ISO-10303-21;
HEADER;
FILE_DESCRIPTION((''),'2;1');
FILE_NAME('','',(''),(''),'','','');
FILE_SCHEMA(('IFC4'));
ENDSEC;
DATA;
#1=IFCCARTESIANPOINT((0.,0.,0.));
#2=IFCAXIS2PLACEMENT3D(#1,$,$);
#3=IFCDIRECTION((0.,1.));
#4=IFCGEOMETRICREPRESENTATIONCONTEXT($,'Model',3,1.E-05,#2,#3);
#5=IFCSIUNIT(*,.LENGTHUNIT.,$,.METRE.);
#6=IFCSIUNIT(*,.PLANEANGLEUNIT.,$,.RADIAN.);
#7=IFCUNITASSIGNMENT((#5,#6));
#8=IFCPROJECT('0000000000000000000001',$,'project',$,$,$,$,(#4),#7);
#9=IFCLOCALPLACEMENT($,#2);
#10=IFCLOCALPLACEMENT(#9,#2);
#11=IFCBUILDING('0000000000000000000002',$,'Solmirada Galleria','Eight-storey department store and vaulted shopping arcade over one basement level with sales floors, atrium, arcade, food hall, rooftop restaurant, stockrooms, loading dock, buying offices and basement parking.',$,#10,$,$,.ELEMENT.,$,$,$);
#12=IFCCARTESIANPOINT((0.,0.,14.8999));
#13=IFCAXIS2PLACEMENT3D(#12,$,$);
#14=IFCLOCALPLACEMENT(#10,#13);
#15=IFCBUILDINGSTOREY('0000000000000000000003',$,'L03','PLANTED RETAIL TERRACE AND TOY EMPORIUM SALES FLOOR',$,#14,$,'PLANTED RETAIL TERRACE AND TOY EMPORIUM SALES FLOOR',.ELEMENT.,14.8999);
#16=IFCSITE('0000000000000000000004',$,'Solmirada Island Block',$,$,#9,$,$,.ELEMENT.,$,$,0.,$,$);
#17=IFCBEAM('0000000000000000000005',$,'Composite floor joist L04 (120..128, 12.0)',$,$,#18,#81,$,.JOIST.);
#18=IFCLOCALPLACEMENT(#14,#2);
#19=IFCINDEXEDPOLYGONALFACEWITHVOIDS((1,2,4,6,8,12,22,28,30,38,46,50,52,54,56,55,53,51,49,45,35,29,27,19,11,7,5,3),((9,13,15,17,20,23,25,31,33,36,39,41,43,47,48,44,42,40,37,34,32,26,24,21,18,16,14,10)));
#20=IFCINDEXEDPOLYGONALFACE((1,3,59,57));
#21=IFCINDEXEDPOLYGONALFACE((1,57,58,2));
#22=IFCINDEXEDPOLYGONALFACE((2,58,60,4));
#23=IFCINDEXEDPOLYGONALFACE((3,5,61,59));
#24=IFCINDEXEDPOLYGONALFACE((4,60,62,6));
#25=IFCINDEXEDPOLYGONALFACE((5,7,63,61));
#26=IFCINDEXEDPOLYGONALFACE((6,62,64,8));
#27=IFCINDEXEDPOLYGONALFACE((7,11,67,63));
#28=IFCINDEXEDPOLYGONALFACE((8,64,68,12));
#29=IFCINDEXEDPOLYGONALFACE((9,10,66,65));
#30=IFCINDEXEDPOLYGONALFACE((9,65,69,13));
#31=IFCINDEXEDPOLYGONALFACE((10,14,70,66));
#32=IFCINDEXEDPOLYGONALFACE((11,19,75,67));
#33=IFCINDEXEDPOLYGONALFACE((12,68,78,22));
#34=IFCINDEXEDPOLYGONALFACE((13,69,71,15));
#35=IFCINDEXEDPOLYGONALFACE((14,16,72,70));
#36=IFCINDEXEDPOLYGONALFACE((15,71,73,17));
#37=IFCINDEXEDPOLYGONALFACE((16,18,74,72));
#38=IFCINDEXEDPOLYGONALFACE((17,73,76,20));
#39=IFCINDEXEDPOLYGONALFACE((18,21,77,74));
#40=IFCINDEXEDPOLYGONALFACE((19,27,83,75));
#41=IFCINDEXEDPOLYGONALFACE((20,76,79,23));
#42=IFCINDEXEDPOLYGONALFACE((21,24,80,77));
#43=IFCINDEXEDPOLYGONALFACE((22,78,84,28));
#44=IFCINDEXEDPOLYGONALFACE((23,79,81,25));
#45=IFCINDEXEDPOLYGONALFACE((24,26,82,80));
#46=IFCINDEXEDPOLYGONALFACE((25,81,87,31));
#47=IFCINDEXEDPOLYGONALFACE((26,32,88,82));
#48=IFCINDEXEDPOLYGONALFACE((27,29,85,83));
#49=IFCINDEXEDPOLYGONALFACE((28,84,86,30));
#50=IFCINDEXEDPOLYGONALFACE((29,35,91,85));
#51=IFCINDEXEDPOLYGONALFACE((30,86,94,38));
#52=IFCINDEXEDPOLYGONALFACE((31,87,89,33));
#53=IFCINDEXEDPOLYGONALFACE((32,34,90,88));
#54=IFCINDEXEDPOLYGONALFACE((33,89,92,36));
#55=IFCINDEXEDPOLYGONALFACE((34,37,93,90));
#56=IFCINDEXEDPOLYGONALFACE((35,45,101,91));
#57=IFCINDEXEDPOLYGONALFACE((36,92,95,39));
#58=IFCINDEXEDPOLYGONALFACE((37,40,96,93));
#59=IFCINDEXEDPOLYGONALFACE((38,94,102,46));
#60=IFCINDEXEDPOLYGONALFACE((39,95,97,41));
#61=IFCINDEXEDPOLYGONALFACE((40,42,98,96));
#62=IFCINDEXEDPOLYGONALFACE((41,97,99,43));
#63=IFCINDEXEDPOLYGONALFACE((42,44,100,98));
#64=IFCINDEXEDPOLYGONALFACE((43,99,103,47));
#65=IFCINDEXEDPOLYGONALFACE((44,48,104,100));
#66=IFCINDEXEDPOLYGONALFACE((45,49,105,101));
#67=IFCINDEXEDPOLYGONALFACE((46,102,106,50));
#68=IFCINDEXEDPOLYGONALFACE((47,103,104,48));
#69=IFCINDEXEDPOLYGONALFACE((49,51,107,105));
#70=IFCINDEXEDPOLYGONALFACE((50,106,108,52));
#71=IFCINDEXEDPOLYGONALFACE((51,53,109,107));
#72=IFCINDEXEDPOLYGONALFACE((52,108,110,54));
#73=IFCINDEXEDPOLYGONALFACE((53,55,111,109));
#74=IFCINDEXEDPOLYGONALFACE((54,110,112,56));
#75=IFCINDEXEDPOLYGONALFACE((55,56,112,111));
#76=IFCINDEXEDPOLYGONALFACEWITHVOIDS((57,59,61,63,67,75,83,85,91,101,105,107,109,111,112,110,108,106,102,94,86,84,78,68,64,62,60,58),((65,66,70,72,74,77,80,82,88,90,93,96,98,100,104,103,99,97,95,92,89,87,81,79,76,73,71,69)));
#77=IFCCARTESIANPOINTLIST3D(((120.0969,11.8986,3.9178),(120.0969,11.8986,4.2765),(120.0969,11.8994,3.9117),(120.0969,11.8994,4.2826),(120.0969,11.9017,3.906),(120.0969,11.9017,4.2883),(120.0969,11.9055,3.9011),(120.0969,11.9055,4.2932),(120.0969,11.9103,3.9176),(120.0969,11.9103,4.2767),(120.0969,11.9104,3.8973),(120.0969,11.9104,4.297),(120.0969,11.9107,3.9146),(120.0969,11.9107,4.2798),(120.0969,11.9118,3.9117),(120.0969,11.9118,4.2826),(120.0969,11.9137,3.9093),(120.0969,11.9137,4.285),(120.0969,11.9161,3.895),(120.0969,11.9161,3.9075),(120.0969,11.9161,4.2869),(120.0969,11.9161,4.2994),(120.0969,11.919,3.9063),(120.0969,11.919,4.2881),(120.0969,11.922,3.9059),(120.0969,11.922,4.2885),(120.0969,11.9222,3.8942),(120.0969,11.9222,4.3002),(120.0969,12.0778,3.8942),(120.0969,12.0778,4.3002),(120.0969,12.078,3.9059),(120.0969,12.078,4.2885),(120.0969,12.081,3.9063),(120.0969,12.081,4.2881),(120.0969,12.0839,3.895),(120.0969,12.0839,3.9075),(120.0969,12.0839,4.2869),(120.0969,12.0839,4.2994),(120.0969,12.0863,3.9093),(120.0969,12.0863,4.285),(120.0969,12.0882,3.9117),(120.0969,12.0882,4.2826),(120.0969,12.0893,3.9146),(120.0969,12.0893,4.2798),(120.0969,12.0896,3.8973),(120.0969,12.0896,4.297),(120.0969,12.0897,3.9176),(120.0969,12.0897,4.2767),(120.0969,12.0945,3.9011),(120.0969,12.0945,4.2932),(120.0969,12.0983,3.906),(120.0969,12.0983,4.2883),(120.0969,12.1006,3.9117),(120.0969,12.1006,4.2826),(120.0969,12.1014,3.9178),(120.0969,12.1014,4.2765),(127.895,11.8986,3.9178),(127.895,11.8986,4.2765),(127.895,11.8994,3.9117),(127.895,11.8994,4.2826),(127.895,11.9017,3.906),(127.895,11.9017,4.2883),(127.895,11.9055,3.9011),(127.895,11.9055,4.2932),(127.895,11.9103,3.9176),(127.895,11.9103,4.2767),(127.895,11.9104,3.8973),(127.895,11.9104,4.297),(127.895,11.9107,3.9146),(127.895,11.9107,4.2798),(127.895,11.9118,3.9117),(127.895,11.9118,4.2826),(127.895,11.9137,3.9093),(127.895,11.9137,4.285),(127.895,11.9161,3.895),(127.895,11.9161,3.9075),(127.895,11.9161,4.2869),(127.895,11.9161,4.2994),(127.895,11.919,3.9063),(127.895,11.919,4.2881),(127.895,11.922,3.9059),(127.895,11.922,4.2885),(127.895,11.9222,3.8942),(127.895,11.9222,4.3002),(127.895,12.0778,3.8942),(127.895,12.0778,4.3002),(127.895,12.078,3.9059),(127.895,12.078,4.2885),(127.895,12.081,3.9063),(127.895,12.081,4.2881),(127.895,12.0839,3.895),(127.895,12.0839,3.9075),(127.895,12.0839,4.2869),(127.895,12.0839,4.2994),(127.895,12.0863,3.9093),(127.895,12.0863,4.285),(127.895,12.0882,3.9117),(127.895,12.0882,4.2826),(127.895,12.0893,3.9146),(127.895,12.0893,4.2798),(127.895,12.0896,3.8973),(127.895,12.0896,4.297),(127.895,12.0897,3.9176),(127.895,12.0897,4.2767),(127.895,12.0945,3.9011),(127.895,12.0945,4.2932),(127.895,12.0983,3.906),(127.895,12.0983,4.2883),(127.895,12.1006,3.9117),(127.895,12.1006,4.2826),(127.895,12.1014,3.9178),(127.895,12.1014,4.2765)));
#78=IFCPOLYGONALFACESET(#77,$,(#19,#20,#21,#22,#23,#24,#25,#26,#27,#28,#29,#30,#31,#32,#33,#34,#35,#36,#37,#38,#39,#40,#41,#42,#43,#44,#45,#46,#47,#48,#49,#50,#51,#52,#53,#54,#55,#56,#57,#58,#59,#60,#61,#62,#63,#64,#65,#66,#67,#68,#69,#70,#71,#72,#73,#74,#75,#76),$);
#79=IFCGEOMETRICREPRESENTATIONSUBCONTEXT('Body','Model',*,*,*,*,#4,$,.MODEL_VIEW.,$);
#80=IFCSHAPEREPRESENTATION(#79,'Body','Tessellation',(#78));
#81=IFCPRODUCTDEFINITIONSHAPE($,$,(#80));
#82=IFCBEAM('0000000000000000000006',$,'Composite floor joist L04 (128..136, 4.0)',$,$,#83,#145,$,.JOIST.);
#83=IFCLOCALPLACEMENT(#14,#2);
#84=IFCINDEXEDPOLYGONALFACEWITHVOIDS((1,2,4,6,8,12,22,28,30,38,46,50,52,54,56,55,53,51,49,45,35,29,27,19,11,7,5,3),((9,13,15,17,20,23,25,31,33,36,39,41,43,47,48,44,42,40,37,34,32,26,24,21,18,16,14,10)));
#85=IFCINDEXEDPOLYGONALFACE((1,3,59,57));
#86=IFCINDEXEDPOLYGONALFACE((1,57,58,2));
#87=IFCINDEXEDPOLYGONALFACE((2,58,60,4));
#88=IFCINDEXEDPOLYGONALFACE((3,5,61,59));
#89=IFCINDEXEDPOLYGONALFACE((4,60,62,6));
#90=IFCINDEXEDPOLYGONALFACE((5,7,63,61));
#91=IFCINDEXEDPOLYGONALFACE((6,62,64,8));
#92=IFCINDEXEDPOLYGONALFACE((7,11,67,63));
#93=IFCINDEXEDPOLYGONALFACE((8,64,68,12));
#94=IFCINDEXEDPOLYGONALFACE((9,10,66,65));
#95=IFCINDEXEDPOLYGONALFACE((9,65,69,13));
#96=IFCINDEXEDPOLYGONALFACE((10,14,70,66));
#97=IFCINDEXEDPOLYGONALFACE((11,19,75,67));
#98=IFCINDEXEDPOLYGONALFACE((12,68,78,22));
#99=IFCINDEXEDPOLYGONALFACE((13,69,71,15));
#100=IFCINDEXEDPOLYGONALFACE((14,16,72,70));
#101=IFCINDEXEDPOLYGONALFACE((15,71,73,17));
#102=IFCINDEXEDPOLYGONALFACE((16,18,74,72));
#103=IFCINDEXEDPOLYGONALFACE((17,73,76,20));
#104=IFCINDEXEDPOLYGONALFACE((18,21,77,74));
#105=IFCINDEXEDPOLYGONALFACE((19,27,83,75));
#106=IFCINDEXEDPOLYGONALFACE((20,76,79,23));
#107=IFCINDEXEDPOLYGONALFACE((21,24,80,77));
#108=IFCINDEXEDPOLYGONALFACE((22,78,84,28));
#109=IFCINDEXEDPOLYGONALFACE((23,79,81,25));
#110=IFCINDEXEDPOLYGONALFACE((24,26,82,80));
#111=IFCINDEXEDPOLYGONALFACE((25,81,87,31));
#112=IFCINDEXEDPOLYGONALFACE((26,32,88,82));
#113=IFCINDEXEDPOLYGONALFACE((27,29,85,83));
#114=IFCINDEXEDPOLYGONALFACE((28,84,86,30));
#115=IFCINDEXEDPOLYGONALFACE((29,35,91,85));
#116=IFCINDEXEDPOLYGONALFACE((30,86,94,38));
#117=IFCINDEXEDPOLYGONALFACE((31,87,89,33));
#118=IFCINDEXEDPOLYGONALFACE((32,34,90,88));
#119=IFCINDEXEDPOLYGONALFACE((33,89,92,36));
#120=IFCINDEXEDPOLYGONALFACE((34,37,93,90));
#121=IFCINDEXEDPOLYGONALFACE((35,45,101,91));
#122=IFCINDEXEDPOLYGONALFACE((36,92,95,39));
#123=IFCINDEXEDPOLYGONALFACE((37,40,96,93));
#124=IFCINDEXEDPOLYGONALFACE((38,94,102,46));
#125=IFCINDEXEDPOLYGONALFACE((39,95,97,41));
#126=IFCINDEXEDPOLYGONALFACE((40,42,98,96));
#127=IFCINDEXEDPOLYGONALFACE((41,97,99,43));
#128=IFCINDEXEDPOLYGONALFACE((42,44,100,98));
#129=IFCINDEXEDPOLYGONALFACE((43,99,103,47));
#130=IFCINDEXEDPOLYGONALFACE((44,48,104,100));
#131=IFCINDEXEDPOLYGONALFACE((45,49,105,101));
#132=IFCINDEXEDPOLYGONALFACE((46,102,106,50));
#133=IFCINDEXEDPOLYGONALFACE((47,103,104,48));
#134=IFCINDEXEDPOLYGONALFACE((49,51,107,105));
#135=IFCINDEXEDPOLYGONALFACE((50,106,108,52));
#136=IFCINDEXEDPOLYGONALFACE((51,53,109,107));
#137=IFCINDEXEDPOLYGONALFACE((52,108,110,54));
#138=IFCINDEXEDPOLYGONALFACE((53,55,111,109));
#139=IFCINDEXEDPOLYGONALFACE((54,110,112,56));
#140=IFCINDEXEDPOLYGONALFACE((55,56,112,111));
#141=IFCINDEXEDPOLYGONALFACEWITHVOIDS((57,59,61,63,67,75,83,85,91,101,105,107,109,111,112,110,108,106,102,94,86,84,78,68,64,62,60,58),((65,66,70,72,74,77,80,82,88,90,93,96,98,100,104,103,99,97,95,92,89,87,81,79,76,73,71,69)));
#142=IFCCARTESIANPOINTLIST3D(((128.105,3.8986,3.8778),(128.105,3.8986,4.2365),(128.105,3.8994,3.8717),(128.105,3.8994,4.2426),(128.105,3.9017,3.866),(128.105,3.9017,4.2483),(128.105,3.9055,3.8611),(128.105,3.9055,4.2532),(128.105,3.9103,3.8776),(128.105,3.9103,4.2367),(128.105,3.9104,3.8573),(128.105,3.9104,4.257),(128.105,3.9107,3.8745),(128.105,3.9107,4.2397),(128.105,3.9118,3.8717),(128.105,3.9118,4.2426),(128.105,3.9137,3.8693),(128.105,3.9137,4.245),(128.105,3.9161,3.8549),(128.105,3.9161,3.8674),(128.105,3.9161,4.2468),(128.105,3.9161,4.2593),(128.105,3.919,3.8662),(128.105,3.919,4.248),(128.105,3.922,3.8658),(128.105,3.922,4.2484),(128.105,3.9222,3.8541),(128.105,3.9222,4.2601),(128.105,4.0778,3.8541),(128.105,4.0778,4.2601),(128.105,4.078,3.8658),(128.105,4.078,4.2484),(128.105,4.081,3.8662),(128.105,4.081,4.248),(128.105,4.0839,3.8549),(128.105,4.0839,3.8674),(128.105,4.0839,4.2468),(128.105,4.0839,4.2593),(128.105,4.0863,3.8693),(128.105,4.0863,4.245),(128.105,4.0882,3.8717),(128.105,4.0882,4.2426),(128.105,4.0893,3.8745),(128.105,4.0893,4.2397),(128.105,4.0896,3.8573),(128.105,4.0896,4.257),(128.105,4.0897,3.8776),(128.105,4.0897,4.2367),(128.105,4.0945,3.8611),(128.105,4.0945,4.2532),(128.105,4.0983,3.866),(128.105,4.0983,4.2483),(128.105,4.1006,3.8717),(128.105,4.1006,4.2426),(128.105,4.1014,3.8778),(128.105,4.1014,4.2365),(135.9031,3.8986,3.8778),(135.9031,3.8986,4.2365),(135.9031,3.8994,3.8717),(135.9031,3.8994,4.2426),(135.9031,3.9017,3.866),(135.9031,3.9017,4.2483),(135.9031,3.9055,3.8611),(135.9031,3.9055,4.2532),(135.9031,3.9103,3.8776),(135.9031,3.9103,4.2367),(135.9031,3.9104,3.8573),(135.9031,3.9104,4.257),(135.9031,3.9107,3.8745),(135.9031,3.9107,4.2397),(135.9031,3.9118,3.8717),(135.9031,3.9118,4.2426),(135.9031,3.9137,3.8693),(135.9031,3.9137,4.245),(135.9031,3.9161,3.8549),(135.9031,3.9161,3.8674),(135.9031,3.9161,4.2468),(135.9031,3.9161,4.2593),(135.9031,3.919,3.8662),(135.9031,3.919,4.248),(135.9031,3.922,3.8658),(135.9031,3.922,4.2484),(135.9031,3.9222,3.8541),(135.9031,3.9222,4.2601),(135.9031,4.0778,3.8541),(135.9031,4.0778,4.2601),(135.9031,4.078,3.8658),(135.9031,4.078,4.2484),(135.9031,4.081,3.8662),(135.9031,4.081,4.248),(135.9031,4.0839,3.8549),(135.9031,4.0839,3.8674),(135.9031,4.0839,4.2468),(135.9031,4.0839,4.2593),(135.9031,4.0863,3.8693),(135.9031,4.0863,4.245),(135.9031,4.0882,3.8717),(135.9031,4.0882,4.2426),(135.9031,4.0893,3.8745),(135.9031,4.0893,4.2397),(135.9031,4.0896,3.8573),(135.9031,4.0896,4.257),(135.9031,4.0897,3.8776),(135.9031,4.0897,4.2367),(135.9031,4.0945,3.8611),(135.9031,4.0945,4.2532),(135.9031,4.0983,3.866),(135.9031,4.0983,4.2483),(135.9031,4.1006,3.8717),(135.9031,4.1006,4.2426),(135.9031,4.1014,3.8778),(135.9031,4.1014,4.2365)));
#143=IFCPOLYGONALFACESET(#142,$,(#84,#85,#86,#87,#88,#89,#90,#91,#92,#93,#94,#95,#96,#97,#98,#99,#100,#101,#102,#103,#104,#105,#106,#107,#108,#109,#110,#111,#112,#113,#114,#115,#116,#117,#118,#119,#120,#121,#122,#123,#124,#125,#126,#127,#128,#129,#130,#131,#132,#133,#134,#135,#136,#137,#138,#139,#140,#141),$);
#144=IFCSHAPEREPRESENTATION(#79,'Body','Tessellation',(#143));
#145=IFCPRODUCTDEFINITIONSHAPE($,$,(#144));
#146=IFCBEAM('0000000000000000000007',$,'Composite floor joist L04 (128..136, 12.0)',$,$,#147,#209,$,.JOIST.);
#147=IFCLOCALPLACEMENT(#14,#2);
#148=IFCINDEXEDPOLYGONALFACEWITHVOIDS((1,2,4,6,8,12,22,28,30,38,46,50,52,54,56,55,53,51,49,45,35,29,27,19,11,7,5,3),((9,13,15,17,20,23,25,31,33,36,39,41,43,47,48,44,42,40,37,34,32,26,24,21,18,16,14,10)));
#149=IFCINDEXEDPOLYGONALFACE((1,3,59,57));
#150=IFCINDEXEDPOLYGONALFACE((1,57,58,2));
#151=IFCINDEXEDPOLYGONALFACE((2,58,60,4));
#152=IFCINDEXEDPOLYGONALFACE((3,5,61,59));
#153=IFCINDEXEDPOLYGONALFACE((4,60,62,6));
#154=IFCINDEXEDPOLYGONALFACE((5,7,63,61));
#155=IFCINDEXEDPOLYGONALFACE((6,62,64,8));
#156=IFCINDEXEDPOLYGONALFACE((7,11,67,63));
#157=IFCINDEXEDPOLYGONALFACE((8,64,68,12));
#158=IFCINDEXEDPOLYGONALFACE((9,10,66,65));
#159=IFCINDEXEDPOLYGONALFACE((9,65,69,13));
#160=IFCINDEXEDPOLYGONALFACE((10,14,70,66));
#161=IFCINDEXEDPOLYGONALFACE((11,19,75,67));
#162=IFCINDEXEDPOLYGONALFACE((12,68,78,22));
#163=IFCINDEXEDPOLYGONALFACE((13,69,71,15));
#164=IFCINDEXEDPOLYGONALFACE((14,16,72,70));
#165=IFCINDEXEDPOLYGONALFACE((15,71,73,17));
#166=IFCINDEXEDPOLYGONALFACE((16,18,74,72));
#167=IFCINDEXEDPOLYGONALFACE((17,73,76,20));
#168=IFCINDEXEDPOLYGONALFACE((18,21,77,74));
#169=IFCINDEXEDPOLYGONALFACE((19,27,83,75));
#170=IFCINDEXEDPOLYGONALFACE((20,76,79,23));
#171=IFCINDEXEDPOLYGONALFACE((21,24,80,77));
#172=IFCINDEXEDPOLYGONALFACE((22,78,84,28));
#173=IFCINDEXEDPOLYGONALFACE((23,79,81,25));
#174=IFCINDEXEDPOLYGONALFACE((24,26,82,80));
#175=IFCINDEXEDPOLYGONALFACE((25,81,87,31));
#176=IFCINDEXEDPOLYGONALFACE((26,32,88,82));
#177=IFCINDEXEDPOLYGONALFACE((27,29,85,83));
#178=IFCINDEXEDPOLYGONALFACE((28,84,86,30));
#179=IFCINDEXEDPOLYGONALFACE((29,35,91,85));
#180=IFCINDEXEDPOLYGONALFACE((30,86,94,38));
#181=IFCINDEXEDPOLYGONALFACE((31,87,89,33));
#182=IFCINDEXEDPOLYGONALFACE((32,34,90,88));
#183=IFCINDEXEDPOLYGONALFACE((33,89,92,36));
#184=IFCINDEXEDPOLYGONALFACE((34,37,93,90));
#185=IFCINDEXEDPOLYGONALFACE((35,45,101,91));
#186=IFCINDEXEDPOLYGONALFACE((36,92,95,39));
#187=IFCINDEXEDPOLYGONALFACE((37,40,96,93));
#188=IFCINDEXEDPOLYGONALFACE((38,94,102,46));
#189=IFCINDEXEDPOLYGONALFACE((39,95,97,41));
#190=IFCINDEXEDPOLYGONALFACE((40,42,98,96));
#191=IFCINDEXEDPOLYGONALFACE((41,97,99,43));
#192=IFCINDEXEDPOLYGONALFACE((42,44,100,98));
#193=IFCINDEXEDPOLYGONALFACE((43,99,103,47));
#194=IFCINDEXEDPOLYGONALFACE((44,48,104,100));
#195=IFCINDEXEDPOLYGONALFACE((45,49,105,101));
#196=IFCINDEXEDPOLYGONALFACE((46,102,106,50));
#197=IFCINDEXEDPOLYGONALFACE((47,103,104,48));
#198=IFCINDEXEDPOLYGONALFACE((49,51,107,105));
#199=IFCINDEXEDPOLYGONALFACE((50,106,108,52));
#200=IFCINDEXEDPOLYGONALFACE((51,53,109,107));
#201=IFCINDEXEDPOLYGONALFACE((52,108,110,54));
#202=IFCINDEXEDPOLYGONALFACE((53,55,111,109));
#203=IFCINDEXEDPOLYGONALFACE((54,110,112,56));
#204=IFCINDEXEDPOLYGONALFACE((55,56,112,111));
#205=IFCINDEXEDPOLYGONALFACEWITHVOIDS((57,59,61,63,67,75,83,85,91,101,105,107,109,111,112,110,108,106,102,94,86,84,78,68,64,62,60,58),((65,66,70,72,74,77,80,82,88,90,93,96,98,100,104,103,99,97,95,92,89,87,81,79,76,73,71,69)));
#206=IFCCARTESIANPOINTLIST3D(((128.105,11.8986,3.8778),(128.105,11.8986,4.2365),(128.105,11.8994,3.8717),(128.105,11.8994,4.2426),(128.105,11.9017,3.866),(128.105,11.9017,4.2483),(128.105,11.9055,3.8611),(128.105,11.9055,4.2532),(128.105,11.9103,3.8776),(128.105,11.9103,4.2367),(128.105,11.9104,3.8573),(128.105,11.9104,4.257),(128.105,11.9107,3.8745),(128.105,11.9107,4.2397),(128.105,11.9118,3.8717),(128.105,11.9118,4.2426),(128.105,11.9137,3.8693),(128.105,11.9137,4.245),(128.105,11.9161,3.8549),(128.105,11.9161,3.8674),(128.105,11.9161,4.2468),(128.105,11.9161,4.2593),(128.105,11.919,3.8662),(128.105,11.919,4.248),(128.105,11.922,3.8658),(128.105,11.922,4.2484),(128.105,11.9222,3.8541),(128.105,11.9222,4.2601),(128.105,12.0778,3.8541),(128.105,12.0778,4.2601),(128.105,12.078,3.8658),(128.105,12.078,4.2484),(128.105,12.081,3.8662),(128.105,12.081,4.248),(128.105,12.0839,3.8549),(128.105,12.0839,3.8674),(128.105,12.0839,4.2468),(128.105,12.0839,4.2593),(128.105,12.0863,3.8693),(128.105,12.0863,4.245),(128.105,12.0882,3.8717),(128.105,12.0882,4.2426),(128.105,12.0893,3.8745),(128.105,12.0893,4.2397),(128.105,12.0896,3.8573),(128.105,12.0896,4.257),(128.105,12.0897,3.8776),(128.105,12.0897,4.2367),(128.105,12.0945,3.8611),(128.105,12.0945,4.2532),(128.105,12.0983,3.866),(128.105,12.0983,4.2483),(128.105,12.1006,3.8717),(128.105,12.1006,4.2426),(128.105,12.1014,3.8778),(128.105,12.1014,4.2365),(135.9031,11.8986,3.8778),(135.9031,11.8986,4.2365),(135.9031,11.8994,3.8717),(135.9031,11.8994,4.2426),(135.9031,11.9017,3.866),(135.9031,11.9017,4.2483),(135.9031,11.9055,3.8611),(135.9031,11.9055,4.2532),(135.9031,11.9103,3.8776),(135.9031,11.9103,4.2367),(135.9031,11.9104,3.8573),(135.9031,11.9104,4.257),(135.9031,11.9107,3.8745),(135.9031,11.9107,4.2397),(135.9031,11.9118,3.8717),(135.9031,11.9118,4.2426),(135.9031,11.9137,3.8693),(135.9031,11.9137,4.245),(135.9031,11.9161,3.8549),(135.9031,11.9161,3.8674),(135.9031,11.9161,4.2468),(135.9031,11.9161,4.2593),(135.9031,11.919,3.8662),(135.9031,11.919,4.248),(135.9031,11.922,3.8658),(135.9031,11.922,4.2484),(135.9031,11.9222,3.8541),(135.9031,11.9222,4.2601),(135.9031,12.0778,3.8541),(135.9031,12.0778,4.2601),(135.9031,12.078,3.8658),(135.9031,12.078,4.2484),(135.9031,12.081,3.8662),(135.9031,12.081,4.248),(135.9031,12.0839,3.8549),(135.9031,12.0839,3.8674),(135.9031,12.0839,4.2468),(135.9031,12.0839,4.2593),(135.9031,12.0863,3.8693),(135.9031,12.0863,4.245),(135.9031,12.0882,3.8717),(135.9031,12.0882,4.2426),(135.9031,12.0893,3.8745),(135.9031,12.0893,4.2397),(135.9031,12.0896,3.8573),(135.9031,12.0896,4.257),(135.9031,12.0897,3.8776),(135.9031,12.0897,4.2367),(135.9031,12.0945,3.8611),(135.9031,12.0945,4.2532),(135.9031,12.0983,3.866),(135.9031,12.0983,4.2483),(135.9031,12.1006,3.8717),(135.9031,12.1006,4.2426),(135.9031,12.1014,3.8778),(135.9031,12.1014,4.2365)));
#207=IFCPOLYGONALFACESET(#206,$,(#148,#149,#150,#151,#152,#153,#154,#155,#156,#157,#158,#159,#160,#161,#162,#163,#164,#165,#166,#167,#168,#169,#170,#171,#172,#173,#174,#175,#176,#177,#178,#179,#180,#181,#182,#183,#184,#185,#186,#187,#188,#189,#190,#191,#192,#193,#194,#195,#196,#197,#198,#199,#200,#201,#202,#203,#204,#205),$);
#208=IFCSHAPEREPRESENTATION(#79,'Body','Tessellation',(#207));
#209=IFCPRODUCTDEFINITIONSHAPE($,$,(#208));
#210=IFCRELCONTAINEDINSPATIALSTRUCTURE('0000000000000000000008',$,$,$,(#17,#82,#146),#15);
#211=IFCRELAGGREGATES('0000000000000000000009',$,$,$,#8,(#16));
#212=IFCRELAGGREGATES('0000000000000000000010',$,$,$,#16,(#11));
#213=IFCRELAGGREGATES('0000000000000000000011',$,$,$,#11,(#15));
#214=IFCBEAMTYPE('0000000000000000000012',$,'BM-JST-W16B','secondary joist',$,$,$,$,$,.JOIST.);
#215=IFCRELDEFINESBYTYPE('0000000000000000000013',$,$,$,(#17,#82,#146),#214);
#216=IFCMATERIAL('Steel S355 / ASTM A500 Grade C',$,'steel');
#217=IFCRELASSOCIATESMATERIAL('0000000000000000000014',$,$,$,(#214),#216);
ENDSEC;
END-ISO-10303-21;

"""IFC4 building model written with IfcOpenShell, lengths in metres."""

from ifc_helpers import new_model, si_unit, direction, frame, origin, origin_2d, place, context, subcontext, project, spatial, hollow_rectangle, extrude, material, material_profile, profile_set, type_object, element, save


model = new_model("IFC4")

# Units and contexts
model_context = context("Model", 3, precision=1e-05, world=origin(), true_north=direction((0.0, 1.0)))
body_context = subcontext(model_context, "Body", "Model", "MODEL_VIEW")
ifc_project = project(units=[si_unit("LENGTHUNIT", "METRE"), si_unit("PLANEANGLEUNIT", "RADIAN")], contexts=[model_context])

# Site, building, storey
site_placement = place(None, origin())
site = spatial("IfcSite", under=ifc_project, at=site_placement, Name="Solmirada Island Block", CompositionType="ELEMENT", RefElevation=0.0)
building_placement = place(site_placement, origin())
building = spatial("IfcBuilding", under=site, at=building_placement, Name="Solmirada Galleria", Description="Eight-storey department store and vaulted shopping arcade over one basement level with sales floors, atrium, arcade, food hall, rooftop restaurant, stockrooms, loading dock, buying offices and basement parking.", CompositionType="ELEMENT")
storey_placement = place(building_placement, frame((0.0, 0.0, 14.8999)))
storey = spatial("IfcBuildingStorey", under=building, at=storey_placement, Name="L03", Description="PLANTED RETAIL TERRACE AND TOY EMPORIUM SALES FLOOR", LongName="PLANTED RETAIL TERRACE AND TOY EMPORIUM SALES FLOOR", CompositionType="ELEMENT", Elevation=14.8999)

# Shared definitions
ifc_material_1 = material(Name="Steel S355 / ASTM A500 Grade C", Category="steel")

# Beams
ifc_material_profile_1 = material_profile(ifc_material_1, hollow_rectangle(XDim=0.2029, YDim=0.406, WallThickness=0.0117, InnerFilletRadius=0.0117, OuterFilletRadius=0.0237, at=origin_2d()), Name="HSS16X8X1/2")
ifc_profile_set_1 = profile_set([ifc_material_profile_1], Name="Steel S355 / ASTM A500 Grade C")
beam_type_1 = type_object("IfcBeamType", Name="BM-JST-W16B", Description="secondary joist", PredefinedType="JOIST", material=ifc_profile_set_1)
for number, where, z_axis, x_axis, name in (
    (1, (120.0969, 12.0, 4.0972), (1.0, 0.0, 0.0), (0.0, 1.0, 0.0), "Composite floor joist L04 (120..128, 12.0)"),
    (2, (128.105, 4.0, 4.0571), (1.0, 0.0, 0.0), (0.0, 1.0, 0.0), "Composite floor joist L04 (128..136, 4.0)"),
    (3, (128.105, 12.0, 4.0571), (1.0, 0.0, 0.0), (0.0, 1.0, 0.0), "Composite floor joist L04 (128..136, 12.0)"),
):
    element("IfcBeam", number, at=place(storey_placement, frame(where, z_axis=z_axis, x_axis=x_axis)), inside=storey, type_object=beam_type_1, Name=name, PredefinedType="JOIST", context=body_context, shape_type="SweptSolid", body=[
        extrude(hollow_rectangle(XDim=0.2029, YDim=0.406, WallThickness=0.0117, InnerFilletRadius=0.0117, OuterFilletRadius=0.0237, at=origin_2d()), origin(), (0.0, 0.0, 1.0), 7.7981),
    ])

save(model, "model.ifc")
